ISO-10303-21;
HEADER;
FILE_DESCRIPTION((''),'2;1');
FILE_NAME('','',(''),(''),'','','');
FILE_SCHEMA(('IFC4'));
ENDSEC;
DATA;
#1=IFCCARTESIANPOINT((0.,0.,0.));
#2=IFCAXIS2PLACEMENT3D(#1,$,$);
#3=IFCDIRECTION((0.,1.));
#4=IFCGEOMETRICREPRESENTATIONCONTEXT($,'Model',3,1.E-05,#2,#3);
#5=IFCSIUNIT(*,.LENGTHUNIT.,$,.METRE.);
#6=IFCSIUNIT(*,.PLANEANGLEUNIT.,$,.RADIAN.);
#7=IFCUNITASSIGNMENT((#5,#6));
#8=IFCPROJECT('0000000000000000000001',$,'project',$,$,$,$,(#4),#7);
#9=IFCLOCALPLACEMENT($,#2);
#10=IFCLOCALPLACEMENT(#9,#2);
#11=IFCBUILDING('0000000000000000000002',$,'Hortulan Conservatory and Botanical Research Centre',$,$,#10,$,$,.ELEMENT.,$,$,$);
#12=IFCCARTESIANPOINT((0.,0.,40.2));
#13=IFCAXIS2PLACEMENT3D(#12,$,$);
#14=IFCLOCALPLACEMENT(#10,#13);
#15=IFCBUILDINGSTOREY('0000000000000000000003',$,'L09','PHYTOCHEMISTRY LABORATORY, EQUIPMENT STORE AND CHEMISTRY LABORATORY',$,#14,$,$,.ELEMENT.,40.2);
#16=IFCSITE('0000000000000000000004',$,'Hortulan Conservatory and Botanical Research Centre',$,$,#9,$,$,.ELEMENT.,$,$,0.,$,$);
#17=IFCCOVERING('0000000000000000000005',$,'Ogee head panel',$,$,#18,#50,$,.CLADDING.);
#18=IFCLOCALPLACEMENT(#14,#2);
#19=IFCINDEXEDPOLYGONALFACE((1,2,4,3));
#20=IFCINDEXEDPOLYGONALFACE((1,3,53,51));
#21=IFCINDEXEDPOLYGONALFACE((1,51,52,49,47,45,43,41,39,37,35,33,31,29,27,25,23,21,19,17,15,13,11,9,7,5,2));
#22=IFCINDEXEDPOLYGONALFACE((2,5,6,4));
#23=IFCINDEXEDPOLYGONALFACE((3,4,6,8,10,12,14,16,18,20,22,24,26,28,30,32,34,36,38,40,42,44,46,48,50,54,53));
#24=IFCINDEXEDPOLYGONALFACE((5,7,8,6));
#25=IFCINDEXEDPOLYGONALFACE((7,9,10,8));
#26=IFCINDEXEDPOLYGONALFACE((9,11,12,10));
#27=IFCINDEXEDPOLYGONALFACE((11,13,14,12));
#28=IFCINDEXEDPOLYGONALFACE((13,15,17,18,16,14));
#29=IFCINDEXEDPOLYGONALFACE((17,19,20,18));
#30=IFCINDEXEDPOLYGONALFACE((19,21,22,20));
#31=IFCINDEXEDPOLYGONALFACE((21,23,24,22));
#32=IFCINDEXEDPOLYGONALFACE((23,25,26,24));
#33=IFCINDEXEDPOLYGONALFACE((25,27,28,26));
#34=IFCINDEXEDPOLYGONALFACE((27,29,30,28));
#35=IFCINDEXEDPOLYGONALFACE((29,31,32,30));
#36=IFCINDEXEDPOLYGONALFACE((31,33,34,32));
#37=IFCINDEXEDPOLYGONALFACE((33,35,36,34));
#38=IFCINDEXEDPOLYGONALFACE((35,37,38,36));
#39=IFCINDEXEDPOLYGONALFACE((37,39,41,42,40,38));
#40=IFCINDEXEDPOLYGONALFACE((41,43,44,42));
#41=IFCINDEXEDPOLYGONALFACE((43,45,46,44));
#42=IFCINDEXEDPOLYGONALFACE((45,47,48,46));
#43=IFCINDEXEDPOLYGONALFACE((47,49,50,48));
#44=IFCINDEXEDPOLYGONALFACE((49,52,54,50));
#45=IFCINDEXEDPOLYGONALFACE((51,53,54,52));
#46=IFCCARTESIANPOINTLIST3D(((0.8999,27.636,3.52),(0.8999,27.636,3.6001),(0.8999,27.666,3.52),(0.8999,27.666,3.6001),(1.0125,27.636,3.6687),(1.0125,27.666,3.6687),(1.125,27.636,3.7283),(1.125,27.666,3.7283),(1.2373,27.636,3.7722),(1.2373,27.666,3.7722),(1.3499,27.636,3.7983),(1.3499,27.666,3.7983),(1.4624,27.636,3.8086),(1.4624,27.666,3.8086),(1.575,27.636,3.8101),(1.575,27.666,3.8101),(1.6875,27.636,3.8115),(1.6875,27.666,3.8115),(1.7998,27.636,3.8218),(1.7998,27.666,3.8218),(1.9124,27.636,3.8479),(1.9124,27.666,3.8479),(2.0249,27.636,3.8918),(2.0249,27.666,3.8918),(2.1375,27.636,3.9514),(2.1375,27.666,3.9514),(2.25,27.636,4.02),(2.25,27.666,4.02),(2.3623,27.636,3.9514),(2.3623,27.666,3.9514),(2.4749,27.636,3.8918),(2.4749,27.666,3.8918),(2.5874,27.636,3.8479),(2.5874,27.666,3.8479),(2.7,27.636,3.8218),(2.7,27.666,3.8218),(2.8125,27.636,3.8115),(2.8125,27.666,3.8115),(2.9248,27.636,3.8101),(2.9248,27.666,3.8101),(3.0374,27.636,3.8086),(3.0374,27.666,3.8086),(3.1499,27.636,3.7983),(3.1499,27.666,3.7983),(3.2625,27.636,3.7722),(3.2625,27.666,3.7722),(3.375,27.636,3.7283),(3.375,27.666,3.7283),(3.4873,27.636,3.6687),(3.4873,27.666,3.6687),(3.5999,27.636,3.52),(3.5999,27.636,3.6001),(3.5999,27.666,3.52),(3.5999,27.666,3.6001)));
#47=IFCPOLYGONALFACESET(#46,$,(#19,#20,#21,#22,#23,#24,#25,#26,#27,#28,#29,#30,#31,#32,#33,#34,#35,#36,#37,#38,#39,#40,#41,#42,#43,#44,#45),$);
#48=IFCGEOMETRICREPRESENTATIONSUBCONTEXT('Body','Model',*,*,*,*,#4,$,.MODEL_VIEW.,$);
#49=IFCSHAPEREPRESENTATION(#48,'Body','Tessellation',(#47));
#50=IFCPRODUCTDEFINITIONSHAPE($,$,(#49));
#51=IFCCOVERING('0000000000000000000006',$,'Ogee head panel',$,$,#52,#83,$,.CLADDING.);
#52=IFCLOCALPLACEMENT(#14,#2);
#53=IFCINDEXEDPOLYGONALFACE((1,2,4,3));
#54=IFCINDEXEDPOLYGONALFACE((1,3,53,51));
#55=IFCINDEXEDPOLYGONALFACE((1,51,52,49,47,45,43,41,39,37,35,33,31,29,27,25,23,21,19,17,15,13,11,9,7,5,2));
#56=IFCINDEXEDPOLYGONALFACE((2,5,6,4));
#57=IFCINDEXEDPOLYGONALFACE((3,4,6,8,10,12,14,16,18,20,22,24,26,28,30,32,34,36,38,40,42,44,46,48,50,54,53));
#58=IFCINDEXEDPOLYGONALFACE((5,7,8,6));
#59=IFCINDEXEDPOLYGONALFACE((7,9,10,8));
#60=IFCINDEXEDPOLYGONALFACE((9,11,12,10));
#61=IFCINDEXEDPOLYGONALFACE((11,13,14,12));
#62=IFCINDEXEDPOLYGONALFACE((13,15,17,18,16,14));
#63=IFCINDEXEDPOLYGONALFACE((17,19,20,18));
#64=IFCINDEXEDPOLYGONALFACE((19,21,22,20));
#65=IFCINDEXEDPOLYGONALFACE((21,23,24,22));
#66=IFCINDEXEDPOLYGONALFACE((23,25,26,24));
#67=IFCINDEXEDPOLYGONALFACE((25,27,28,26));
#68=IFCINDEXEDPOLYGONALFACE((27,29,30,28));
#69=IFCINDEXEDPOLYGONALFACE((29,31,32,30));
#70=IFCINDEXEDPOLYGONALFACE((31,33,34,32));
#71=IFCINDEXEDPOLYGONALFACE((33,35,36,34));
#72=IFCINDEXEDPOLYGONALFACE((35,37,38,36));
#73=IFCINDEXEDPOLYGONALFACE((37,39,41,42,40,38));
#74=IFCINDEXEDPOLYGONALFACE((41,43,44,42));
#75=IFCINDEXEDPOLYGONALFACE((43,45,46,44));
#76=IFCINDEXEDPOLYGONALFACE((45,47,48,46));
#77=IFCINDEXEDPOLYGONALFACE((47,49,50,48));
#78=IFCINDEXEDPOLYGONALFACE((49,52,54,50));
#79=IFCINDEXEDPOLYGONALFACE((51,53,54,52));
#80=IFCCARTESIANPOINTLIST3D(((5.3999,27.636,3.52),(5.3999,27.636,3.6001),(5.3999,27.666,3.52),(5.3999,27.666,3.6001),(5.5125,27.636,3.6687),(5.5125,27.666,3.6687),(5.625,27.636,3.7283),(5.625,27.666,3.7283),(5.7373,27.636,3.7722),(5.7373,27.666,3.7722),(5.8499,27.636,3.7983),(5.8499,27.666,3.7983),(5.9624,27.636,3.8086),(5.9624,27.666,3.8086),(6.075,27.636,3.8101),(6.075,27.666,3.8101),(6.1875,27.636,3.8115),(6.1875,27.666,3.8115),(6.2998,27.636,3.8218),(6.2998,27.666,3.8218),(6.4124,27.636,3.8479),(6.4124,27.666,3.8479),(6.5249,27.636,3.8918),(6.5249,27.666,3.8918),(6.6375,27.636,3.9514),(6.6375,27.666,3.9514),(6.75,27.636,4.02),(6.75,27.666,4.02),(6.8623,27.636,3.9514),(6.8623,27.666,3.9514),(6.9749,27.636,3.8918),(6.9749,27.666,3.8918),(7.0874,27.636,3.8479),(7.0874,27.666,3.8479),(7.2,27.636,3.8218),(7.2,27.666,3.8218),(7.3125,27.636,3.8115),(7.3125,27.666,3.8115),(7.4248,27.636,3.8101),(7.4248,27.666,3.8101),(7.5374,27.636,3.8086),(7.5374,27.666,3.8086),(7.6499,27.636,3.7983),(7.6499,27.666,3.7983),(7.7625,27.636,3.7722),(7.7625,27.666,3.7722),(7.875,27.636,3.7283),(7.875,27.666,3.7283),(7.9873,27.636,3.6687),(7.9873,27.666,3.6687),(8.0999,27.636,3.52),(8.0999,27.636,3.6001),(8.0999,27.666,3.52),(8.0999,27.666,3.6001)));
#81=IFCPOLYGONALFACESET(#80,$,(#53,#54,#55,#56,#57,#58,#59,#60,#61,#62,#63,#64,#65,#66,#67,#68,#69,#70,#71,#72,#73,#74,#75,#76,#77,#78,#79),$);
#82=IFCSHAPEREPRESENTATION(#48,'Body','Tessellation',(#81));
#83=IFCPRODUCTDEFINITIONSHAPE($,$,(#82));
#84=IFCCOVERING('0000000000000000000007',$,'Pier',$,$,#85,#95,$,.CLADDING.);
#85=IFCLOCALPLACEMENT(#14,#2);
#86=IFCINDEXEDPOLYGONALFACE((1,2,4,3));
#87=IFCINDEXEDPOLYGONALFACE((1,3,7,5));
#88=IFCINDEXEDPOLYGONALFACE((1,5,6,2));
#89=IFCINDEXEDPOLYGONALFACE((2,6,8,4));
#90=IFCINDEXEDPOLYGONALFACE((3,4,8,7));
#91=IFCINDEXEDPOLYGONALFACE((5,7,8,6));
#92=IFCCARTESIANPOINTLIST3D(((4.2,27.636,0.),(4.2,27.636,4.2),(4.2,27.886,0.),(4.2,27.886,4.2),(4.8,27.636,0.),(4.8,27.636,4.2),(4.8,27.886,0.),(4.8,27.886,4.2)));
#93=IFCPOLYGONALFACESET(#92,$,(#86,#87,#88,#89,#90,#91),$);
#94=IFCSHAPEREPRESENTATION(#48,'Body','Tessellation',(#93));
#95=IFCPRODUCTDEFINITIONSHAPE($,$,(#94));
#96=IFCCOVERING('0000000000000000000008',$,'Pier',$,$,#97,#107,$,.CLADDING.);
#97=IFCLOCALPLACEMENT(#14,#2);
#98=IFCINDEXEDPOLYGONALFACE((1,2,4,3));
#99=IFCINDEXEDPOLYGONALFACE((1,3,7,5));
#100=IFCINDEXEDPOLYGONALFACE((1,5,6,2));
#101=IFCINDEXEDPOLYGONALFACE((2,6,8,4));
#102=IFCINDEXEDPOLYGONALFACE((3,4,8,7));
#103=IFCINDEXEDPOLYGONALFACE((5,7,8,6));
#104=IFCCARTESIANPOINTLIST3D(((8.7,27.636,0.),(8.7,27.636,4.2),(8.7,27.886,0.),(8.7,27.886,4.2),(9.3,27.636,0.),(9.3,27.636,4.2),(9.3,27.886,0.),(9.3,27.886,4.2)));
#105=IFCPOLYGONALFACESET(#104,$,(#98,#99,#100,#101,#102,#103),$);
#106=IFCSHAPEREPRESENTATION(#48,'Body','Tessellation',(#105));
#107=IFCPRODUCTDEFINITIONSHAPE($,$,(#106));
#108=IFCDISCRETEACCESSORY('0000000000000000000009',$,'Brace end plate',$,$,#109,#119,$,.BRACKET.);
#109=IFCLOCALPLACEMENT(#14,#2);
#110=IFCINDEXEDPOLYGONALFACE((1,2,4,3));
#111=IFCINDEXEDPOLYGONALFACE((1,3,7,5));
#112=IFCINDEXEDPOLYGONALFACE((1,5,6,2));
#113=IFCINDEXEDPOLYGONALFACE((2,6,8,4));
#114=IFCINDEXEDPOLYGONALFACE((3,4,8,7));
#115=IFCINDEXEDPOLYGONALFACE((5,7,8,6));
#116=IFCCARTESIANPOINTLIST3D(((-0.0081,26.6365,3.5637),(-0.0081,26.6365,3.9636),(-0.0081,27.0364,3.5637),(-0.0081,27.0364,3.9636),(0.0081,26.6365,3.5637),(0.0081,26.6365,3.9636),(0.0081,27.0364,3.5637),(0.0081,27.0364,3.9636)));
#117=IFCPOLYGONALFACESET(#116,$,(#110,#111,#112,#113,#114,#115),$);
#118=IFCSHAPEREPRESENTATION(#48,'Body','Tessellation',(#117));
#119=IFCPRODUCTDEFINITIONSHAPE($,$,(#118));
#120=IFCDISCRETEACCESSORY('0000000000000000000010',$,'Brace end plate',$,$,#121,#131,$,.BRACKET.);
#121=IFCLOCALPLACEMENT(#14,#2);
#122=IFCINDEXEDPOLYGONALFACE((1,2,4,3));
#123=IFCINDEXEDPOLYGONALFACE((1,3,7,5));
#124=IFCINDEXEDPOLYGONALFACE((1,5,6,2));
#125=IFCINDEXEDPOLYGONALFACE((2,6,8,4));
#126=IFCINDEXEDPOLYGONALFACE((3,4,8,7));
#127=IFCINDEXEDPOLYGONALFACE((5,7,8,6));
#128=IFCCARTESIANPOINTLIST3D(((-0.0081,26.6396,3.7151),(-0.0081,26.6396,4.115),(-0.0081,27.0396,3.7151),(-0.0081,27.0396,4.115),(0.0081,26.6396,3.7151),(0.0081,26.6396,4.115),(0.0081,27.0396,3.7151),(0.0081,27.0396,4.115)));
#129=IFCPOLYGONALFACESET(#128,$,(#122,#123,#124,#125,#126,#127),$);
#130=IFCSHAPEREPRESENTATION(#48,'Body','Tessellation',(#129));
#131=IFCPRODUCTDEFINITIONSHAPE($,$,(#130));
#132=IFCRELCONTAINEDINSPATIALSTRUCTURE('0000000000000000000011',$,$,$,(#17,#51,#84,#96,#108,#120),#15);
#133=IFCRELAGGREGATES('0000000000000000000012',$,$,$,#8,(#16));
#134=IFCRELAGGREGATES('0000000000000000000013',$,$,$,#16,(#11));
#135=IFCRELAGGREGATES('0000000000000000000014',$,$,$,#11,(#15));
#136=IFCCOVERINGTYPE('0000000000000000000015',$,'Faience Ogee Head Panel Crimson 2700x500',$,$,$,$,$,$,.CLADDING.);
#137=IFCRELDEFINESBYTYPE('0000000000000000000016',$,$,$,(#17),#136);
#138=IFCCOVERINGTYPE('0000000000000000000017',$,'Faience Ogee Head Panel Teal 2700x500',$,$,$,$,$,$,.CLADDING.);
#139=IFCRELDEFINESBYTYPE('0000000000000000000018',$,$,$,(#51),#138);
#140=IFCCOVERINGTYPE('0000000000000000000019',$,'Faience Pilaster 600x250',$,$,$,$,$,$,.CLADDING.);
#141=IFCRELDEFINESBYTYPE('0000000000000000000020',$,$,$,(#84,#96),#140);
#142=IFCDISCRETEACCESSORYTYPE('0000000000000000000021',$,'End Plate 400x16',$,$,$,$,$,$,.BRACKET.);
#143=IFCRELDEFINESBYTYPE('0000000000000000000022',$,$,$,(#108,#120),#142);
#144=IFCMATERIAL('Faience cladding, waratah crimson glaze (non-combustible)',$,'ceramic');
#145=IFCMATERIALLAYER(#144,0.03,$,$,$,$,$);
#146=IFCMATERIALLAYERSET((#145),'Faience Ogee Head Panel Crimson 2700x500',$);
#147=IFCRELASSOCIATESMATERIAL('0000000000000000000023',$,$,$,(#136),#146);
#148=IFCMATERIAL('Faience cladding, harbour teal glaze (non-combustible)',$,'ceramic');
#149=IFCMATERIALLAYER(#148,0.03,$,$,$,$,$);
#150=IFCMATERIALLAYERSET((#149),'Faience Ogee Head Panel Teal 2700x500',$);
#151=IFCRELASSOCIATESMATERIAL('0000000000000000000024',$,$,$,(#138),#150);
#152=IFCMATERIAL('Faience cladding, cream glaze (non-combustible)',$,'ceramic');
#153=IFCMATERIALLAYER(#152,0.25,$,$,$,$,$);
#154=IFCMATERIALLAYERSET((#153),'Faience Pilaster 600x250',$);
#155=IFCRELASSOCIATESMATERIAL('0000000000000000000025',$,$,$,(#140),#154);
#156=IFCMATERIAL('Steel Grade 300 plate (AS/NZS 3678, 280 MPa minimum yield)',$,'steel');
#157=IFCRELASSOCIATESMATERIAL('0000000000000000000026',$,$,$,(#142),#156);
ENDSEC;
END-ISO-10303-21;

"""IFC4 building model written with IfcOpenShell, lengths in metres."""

from ifc_helpers import new_model, si_unit, direction, frame, origin, origin_2d, place, context, subcontext, project, spatial, polyline, rectangle, outline, extrude, material, layer, layer_set, type_object, element, save


model = new_model("IFC4")

# Units and contexts
model_context = context("Model", 3, precision=1e-05, world=origin(), true_north=direction((0.0, 1.0)))
body_context = subcontext(model_context, "Body", "Model", "MODEL_VIEW")
ifc_project = project(units=[si_unit("LENGTHUNIT", "METRE"), si_unit("PLANEANGLEUNIT", "RADIAN")], contexts=[model_context])

# Site, building, storey
site_placement = place(None, origin())
site = spatial("IfcSite", under=ifc_project, at=site_placement, Name="Hortulan Conservatory and Botanical Research Centre", CompositionType="ELEMENT", RefElevation=0.0)
building_placement = place(site_placement, origin())
building = spatial("IfcBuilding", under=site, at=building_placement, Name="Hortulan Conservatory and Botanical Research Centre", CompositionType="ELEMENT")
storey_placement = place(building_placement, frame((0.0, 0.0, 40.2)))
storey = spatial("IfcBuildingStorey", under=building, at=storey_placement, Name="L09", Description="PHYTOCHEMISTRY LABORATORY, EQUIPMENT STORE AND CHEMISTRY LABORATORY", CompositionType="ELEMENT", Elevation=40.2)

# Coverings
ifc_material_1 = material(Name="Faience cladding, waratah crimson glaze (non-combustible)", Category="ceramic")
ifc_layer_1 = layer(ifc_material_1, 0.03)
ifc_layer_set_1 = layer_set([ifc_layer_1], Name="Faience Ogee Head Panel Crimson 2700x500")
covering_type_1 = type_object("IfcCoveringType", Name="Faience Ogee Head Panel Crimson 2700x500", PredefinedType="CLADDING", material=ifc_layer_set_1)
covering_1_placement = place(storey_placement, frame((0.8999, 27.6509, 3.52), z_axis=(0.0, 0.0, 1.0), x_axis=(1.0, 0.0, 0.0)))
element("IfcCovering", 1, at=covering_1_placement, inside=storey, type_object=covering_type_1, Name="Ogee head panel", PredefinedType="CLADDING", context=body_context, shape_type="SweptSolid", body=[
    extrude(outline(polyline([(0.0, 0.0), (2.7, 0.0), (2.7, 0.0801), (2.5874, 0.1487), (2.4751, 0.2083), (2.3625, 0.2522), (2.25, 0.2783), (2.1375, 0.2886), (2.0249, 0.29), (1.9126, 0.2915), (1.8, 0.3018), (1.6875, 0.3279), (1.575, 0.3718), (1.4624, 0.4314), (1.3501, 0.5), (1.2375, 0.4314), (1.125, 0.3718), (1.0125, 0.3279), (0.8999, 0.3018), (0.7876, 0.2915), (0.675, 0.29), (0.5625, 0.2886), (0.45, 0.2783), (0.3374, 0.2522), (0.2251, 0.2083), (0.1125, 0.1487), (0.0, 0.0801), (0.0, 0.0)])), frame((0.0, 0.0151, 0.0), z_axis=(0.0, -1.0, 0.0), x_axis=(1.0, 0.0, 0.0)), (0.0, 0.0, 1.0), 0.03),
])
ifc_material_2 = material(Name="Faience cladding, harbour teal glaze (non-combustible)", Category="ceramic")
ifc_layer_2 = layer(ifc_material_2, 0.03)
ifc_layer_set_2 = layer_set([ifc_layer_2], Name="Faience Ogee Head Panel Teal 2700x500")
covering_type_2 = type_object("IfcCoveringType", Name="Faience Ogee Head Panel Teal 2700x500", PredefinedType="CLADDING", material=ifc_layer_set_2)
covering_2_placement = place(storey_placement, frame((5.3999, 27.6509, 3.52), z_axis=(0.0, 0.0, 1.0), x_axis=(1.0, 0.0, 0.0)))
element("IfcCovering", 2, at=covering_2_placement, inside=storey, type_object=covering_type_2, Name="Ogee head panel", PredefinedType="CLADDING", context=body_context, shape_type="SweptSolid", body=[
    extrude(outline(polyline([(0.0, 0.0), (2.7, 0.0), (2.7, 0.0801), (2.5874, 0.1487), (2.4751, 0.2083), (2.3625, 0.2522), (2.25, 0.2783), (2.1375, 0.2886), (2.0249, 0.29), (1.9126, 0.2915), (1.8, 0.3018), (1.6875, 0.3279), (1.575, 0.3718), (1.4624, 0.4314), (1.3501, 0.5), (1.2375, 0.4314), (1.125, 0.3718), (1.0125, 0.3279), (0.8999, 0.3018), (0.7876, 0.2915), (0.675, 0.29), (0.5625, 0.2886), (0.45, 0.2783), (0.3374, 0.2522), (0.2251, 0.2083), (0.1125, 0.1487), (0.0, 0.0801), (0.0, 0.0)])), frame((0.0, 0.0151, 0.0), z_axis=(0.0, -1.0, 0.0), x_axis=(1.0, 0.0, 0.0)), (0.0, 0.0, 1.0), 0.03),
])
ifc_material_3 = material(Name="Faience cladding, cream glaze (non-combustible)", Category="ceramic")
ifc_layer_3 = layer(ifc_material_3, 0.25)
ifc_layer_set_3 = layer_set([ifc_layer_3], Name="Faience Pilaster 600x250")
covering_type_3 = type_object("IfcCoveringType", Name="Faience Pilaster 600x250", PredefinedType="CLADDING", material=ifc_layer_set_3)
for number, where, z_axis, x_axis, name in (
    (3, (4.5, 27.761, 0.0), (0.0, 0.0, 1.0), (1.0, 0.0, 0.0), "Pier"),
    (4, (9.0, 27.761, 0.0), (0.0, 0.0, 1.0), (1.0, 0.0, 0.0), "Pier"),
):
    element("IfcCovering", number, at=place(storey_placement, frame(where, z_axis=z_axis, x_axis=x_axis)), inside=storey, type_object=covering_type_3, Name=name, PredefinedType="CLADDING", context=body_context, shape_type="SweptSolid", body=[
        extrude(rectangle(XDim=0.6001, YDim=0.25, at=origin_2d()), origin(), (0.0, 0.0, 1.0), 4.2),
    ])

# Discrete accessories
ifc_material_4 = material(Name="Steel Grade 300 plate (AS/NZS 3678, 280 MPa minimum yield)", Category="steel")
discrete_accessory_type = type_object("IfcDiscreteAccessoryType", Name="End Plate 400x16", PredefinedType="BRACKET", material=ifc_material_4)
for number, where, z_axis, x_axis, name in (
    (5, (0.0, 26.8364, 3.5637), (0.0, 0.0, 1.0), (0.0, -1.0, 0.0), "Brace end plate"),
    (6, (0.0, 26.8396, 3.7151), (0.0, 0.0, 1.0), (0.0, -1.0, 0.0), "Brace end plate"),
):
    element("IfcDiscreteAccessory", number, at=place(storey_placement, frame(where, z_axis=z_axis, x_axis=x_axis)), inside=storey, type_object=discrete_accessory_type, Name=name, PredefinedType="BRACKET", context=body_context, shape_type="SweptSolid", body=[
        extrude(rectangle(XDim=0.3999, YDim=0.0161, at=origin_2d()), origin(), (0.0, 0.0, 1.0), 0.3999),
    ])

save(model, "model.ifc")
